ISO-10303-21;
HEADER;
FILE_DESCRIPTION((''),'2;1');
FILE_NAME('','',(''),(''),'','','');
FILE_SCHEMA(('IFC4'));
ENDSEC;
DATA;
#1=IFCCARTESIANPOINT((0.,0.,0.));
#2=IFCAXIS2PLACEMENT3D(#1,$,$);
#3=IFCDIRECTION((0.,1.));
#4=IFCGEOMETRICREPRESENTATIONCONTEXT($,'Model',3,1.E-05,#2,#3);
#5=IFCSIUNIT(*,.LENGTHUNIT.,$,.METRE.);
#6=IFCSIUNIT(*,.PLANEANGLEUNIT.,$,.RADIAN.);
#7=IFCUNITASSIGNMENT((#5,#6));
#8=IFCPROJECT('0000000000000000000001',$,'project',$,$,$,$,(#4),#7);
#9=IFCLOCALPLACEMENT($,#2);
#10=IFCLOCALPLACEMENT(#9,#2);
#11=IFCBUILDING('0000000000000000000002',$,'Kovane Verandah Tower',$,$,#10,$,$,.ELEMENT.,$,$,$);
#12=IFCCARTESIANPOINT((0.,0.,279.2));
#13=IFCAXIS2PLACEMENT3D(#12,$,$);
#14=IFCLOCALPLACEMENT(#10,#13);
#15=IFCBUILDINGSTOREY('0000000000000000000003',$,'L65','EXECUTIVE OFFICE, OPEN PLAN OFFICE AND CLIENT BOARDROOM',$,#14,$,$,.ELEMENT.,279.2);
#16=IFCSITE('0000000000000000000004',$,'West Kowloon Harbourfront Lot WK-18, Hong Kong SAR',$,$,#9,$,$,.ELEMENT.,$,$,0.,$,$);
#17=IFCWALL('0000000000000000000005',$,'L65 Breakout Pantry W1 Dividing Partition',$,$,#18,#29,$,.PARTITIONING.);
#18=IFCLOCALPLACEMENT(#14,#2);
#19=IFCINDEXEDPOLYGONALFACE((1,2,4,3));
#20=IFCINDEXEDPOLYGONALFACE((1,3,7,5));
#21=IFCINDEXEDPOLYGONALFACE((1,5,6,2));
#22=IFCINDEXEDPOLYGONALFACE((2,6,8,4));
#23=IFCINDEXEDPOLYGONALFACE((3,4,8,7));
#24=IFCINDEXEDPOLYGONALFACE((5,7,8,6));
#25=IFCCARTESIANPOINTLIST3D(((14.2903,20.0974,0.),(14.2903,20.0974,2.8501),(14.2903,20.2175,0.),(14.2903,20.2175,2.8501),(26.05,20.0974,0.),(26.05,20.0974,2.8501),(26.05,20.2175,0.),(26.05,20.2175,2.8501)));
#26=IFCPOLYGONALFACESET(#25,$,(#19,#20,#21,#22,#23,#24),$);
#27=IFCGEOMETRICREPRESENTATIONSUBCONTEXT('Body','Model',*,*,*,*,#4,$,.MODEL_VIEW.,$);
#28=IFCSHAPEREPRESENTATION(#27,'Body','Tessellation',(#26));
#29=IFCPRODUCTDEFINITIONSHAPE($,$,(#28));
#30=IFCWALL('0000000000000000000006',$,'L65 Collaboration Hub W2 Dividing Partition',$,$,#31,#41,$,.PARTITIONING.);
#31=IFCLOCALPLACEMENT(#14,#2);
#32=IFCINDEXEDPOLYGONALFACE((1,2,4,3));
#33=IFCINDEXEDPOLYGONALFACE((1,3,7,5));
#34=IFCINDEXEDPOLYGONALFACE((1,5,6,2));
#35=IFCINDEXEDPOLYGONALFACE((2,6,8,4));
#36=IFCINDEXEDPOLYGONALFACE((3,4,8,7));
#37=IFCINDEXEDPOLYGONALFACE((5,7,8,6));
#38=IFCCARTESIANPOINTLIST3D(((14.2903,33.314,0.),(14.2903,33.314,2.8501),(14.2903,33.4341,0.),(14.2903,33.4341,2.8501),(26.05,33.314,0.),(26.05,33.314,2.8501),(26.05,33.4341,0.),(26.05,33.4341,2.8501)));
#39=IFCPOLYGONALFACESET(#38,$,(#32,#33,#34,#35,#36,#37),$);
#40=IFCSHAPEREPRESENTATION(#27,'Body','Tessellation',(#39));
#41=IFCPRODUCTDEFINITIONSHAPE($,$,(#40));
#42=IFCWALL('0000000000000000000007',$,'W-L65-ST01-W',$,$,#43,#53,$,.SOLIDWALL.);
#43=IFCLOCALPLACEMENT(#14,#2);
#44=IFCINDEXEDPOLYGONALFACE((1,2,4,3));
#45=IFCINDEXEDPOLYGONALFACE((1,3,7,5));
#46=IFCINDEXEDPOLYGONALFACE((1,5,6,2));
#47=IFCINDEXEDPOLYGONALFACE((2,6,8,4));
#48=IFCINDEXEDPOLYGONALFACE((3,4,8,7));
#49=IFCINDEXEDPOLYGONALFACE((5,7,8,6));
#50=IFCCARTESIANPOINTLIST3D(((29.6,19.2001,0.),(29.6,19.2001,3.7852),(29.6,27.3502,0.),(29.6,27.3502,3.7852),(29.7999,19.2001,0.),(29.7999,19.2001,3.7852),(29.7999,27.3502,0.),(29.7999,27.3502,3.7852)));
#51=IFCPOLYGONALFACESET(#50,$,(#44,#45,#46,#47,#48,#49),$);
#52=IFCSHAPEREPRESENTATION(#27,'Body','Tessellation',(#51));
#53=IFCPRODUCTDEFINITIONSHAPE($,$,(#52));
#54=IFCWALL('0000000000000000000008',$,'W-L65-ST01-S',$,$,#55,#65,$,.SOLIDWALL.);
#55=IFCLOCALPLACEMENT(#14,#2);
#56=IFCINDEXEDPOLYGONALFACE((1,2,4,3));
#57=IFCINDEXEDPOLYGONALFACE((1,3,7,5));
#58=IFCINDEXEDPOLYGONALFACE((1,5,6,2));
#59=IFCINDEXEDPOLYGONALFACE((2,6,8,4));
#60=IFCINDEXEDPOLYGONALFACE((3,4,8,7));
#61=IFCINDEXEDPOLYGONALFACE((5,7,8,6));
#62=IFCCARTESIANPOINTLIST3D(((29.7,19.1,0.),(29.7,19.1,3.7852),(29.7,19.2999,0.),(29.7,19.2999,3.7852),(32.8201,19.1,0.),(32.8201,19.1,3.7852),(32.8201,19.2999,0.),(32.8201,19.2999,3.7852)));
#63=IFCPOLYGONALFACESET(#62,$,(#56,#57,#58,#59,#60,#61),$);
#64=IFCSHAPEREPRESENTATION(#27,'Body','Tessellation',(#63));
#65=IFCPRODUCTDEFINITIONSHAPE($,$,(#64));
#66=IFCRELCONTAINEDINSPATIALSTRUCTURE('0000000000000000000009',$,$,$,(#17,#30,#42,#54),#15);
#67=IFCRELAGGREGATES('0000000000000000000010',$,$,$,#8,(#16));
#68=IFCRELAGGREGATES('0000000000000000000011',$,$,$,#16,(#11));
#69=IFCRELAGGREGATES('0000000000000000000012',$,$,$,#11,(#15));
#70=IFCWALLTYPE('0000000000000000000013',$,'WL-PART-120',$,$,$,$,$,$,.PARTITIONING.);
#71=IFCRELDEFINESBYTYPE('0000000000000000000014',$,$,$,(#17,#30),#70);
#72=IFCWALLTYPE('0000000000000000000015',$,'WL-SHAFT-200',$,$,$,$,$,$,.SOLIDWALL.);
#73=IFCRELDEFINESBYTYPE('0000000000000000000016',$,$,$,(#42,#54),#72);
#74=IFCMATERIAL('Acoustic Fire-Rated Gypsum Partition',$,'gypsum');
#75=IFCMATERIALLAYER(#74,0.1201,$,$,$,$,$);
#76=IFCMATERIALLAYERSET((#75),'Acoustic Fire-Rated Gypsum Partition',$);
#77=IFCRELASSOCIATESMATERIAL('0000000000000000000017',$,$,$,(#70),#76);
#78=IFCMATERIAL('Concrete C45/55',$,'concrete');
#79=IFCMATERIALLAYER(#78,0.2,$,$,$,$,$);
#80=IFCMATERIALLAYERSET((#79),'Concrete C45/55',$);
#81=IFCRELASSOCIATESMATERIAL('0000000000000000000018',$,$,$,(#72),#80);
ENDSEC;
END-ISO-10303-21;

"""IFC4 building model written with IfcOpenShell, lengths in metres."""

from ifc_helpers import new_model, si_unit, direction, frame, frame_2d, origin, place, context, subcontext, project, spatial, rectangle, extrude, material, layer, layer_set, type_object, element, save


model = new_model("IFC4")

# Units and contexts
model_context = context("Model", 3, precision=1e-05, world=origin(), true_north=direction((0.0, 1.0)))
body_context = subcontext(model_context, "Body", "Model", "MODEL_VIEW")
ifc_project = project(units=[si_unit("LENGTHUNIT", "METRE"), si_unit("PLANEANGLEUNIT", "RADIAN")], contexts=[model_context])

# Site, building, storey
site_placement = place(None, origin())
site = spatial("IfcSite", under=ifc_project, at=site_placement, Name="West Kowloon Harbourfront Lot WK-18, Hong Kong SAR", CompositionType="ELEMENT", RefElevation=0.0)
building_placement = place(site_placement, origin())
building = spatial("IfcBuilding", under=site, at=building_placement, Name="Kovane Verandah Tower", CompositionType="ELEMENT")
storey_placement = place(building_placement, frame((0.0, 0.0, 279.2)))
storey = spatial("IfcBuildingStorey", under=building, at=storey_placement, Name="L65", Description="EXECUTIVE OFFICE, OPEN PLAN OFFICE AND CLIENT BOARDROOM", CompositionType="ELEMENT", Elevation=279.2)

# Walls
ifc_material_1 = material(Name="Acoustic Fire-Rated Gypsum Partition", Category="gypsum")
ifc_layer_1 = layer(ifc_material_1, 0.1201)
ifc_layer_set_1 = layer_set([ifc_layer_1], Name="Acoustic Fire-Rated Gypsum Partition")
wall_type_1 = type_object("IfcWallType", Name="WL-PART-120", PredefinedType="PARTITIONING", material=ifc_layer_set_1)
for number, where, z_axis, x_axis, name in (
    (1, (14.2903, 20.1575, 0.0), (0.0, 0.0, 1.0), (1.0, 0.0, 0.0), "L65 Breakout Pantry W1 Dividing Partition"),
    (2, (14.2903, 33.374, 0.0), (0.0, 0.0, 1.0), (1.0, 0.0, 0.0), "L65 Collaboration Hub W2 Dividing Partition"),
):
    element("IfcWall", number, at=place(storey_placement, frame(where, z_axis=z_axis, x_axis=x_axis)), inside=storey, type_object=wall_type_1, Name=name, PredefinedType="PARTITIONING", context=body_context, shape_type="SweptSolid", body=[
        extrude(rectangle(XDim=11.7598, YDim=0.1201, at=frame_2d((5.8799, 0.0))), origin(), (0.0, 0.0, 1.0), 2.8501),
    ])
ifc_material_2 = material(Name="Concrete C45/55", Category="concrete")
ifc_layer_2 = layer(ifc_material_2, 0.2)
ifc_layer_set_2 = layer_set([ifc_layer_2], Name="Concrete C45/55")
wall_type_2 = type_object("IfcWallType", Name="WL-SHAFT-200", PredefinedType="SOLIDWALL", material=ifc_layer_set_2)
wall_1_placement = place(storey_placement, frame((29.7, 19.2, 0.0), z_axis=(0.0, 0.0, 1.0), x_axis=(0.0, 1.0, 0.0)))
element("IfcWall", 3, at=wall_1_placement, inside=storey, type_object=wall_type_2, Name="W-L65-ST01-W", PredefinedType="SOLIDWALL", context=body_context, shape_type="SweptSolid", body=[
    extrude(rectangle(XDim=8.1501, YDim=0.2, at=frame_2d((4.0752, 0.0))), origin(), (0.0, 0.0, 1.0), 3.7852),
])
wall_2_placement = place(storey_placement, frame((29.7, 19.2, 0.0), z_axis=(0.0, 0.0, 1.0), x_axis=(1.0, 0.0, 0.0)))
element("IfcWall", 4, at=wall_2_placement, inside=storey, type_object=wall_type_2, Name="W-L65-ST01-S", PredefinedType="SOLIDWALL", context=body_context, shape_type="SweptSolid", body=[
    extrude(rectangle(XDim=3.1201, YDim=0.2, at=frame_2d((1.5601, 0.0))), origin(), (0.0, 0.0, 1.0), 3.7852),
])

save(model, "model.ifc")
